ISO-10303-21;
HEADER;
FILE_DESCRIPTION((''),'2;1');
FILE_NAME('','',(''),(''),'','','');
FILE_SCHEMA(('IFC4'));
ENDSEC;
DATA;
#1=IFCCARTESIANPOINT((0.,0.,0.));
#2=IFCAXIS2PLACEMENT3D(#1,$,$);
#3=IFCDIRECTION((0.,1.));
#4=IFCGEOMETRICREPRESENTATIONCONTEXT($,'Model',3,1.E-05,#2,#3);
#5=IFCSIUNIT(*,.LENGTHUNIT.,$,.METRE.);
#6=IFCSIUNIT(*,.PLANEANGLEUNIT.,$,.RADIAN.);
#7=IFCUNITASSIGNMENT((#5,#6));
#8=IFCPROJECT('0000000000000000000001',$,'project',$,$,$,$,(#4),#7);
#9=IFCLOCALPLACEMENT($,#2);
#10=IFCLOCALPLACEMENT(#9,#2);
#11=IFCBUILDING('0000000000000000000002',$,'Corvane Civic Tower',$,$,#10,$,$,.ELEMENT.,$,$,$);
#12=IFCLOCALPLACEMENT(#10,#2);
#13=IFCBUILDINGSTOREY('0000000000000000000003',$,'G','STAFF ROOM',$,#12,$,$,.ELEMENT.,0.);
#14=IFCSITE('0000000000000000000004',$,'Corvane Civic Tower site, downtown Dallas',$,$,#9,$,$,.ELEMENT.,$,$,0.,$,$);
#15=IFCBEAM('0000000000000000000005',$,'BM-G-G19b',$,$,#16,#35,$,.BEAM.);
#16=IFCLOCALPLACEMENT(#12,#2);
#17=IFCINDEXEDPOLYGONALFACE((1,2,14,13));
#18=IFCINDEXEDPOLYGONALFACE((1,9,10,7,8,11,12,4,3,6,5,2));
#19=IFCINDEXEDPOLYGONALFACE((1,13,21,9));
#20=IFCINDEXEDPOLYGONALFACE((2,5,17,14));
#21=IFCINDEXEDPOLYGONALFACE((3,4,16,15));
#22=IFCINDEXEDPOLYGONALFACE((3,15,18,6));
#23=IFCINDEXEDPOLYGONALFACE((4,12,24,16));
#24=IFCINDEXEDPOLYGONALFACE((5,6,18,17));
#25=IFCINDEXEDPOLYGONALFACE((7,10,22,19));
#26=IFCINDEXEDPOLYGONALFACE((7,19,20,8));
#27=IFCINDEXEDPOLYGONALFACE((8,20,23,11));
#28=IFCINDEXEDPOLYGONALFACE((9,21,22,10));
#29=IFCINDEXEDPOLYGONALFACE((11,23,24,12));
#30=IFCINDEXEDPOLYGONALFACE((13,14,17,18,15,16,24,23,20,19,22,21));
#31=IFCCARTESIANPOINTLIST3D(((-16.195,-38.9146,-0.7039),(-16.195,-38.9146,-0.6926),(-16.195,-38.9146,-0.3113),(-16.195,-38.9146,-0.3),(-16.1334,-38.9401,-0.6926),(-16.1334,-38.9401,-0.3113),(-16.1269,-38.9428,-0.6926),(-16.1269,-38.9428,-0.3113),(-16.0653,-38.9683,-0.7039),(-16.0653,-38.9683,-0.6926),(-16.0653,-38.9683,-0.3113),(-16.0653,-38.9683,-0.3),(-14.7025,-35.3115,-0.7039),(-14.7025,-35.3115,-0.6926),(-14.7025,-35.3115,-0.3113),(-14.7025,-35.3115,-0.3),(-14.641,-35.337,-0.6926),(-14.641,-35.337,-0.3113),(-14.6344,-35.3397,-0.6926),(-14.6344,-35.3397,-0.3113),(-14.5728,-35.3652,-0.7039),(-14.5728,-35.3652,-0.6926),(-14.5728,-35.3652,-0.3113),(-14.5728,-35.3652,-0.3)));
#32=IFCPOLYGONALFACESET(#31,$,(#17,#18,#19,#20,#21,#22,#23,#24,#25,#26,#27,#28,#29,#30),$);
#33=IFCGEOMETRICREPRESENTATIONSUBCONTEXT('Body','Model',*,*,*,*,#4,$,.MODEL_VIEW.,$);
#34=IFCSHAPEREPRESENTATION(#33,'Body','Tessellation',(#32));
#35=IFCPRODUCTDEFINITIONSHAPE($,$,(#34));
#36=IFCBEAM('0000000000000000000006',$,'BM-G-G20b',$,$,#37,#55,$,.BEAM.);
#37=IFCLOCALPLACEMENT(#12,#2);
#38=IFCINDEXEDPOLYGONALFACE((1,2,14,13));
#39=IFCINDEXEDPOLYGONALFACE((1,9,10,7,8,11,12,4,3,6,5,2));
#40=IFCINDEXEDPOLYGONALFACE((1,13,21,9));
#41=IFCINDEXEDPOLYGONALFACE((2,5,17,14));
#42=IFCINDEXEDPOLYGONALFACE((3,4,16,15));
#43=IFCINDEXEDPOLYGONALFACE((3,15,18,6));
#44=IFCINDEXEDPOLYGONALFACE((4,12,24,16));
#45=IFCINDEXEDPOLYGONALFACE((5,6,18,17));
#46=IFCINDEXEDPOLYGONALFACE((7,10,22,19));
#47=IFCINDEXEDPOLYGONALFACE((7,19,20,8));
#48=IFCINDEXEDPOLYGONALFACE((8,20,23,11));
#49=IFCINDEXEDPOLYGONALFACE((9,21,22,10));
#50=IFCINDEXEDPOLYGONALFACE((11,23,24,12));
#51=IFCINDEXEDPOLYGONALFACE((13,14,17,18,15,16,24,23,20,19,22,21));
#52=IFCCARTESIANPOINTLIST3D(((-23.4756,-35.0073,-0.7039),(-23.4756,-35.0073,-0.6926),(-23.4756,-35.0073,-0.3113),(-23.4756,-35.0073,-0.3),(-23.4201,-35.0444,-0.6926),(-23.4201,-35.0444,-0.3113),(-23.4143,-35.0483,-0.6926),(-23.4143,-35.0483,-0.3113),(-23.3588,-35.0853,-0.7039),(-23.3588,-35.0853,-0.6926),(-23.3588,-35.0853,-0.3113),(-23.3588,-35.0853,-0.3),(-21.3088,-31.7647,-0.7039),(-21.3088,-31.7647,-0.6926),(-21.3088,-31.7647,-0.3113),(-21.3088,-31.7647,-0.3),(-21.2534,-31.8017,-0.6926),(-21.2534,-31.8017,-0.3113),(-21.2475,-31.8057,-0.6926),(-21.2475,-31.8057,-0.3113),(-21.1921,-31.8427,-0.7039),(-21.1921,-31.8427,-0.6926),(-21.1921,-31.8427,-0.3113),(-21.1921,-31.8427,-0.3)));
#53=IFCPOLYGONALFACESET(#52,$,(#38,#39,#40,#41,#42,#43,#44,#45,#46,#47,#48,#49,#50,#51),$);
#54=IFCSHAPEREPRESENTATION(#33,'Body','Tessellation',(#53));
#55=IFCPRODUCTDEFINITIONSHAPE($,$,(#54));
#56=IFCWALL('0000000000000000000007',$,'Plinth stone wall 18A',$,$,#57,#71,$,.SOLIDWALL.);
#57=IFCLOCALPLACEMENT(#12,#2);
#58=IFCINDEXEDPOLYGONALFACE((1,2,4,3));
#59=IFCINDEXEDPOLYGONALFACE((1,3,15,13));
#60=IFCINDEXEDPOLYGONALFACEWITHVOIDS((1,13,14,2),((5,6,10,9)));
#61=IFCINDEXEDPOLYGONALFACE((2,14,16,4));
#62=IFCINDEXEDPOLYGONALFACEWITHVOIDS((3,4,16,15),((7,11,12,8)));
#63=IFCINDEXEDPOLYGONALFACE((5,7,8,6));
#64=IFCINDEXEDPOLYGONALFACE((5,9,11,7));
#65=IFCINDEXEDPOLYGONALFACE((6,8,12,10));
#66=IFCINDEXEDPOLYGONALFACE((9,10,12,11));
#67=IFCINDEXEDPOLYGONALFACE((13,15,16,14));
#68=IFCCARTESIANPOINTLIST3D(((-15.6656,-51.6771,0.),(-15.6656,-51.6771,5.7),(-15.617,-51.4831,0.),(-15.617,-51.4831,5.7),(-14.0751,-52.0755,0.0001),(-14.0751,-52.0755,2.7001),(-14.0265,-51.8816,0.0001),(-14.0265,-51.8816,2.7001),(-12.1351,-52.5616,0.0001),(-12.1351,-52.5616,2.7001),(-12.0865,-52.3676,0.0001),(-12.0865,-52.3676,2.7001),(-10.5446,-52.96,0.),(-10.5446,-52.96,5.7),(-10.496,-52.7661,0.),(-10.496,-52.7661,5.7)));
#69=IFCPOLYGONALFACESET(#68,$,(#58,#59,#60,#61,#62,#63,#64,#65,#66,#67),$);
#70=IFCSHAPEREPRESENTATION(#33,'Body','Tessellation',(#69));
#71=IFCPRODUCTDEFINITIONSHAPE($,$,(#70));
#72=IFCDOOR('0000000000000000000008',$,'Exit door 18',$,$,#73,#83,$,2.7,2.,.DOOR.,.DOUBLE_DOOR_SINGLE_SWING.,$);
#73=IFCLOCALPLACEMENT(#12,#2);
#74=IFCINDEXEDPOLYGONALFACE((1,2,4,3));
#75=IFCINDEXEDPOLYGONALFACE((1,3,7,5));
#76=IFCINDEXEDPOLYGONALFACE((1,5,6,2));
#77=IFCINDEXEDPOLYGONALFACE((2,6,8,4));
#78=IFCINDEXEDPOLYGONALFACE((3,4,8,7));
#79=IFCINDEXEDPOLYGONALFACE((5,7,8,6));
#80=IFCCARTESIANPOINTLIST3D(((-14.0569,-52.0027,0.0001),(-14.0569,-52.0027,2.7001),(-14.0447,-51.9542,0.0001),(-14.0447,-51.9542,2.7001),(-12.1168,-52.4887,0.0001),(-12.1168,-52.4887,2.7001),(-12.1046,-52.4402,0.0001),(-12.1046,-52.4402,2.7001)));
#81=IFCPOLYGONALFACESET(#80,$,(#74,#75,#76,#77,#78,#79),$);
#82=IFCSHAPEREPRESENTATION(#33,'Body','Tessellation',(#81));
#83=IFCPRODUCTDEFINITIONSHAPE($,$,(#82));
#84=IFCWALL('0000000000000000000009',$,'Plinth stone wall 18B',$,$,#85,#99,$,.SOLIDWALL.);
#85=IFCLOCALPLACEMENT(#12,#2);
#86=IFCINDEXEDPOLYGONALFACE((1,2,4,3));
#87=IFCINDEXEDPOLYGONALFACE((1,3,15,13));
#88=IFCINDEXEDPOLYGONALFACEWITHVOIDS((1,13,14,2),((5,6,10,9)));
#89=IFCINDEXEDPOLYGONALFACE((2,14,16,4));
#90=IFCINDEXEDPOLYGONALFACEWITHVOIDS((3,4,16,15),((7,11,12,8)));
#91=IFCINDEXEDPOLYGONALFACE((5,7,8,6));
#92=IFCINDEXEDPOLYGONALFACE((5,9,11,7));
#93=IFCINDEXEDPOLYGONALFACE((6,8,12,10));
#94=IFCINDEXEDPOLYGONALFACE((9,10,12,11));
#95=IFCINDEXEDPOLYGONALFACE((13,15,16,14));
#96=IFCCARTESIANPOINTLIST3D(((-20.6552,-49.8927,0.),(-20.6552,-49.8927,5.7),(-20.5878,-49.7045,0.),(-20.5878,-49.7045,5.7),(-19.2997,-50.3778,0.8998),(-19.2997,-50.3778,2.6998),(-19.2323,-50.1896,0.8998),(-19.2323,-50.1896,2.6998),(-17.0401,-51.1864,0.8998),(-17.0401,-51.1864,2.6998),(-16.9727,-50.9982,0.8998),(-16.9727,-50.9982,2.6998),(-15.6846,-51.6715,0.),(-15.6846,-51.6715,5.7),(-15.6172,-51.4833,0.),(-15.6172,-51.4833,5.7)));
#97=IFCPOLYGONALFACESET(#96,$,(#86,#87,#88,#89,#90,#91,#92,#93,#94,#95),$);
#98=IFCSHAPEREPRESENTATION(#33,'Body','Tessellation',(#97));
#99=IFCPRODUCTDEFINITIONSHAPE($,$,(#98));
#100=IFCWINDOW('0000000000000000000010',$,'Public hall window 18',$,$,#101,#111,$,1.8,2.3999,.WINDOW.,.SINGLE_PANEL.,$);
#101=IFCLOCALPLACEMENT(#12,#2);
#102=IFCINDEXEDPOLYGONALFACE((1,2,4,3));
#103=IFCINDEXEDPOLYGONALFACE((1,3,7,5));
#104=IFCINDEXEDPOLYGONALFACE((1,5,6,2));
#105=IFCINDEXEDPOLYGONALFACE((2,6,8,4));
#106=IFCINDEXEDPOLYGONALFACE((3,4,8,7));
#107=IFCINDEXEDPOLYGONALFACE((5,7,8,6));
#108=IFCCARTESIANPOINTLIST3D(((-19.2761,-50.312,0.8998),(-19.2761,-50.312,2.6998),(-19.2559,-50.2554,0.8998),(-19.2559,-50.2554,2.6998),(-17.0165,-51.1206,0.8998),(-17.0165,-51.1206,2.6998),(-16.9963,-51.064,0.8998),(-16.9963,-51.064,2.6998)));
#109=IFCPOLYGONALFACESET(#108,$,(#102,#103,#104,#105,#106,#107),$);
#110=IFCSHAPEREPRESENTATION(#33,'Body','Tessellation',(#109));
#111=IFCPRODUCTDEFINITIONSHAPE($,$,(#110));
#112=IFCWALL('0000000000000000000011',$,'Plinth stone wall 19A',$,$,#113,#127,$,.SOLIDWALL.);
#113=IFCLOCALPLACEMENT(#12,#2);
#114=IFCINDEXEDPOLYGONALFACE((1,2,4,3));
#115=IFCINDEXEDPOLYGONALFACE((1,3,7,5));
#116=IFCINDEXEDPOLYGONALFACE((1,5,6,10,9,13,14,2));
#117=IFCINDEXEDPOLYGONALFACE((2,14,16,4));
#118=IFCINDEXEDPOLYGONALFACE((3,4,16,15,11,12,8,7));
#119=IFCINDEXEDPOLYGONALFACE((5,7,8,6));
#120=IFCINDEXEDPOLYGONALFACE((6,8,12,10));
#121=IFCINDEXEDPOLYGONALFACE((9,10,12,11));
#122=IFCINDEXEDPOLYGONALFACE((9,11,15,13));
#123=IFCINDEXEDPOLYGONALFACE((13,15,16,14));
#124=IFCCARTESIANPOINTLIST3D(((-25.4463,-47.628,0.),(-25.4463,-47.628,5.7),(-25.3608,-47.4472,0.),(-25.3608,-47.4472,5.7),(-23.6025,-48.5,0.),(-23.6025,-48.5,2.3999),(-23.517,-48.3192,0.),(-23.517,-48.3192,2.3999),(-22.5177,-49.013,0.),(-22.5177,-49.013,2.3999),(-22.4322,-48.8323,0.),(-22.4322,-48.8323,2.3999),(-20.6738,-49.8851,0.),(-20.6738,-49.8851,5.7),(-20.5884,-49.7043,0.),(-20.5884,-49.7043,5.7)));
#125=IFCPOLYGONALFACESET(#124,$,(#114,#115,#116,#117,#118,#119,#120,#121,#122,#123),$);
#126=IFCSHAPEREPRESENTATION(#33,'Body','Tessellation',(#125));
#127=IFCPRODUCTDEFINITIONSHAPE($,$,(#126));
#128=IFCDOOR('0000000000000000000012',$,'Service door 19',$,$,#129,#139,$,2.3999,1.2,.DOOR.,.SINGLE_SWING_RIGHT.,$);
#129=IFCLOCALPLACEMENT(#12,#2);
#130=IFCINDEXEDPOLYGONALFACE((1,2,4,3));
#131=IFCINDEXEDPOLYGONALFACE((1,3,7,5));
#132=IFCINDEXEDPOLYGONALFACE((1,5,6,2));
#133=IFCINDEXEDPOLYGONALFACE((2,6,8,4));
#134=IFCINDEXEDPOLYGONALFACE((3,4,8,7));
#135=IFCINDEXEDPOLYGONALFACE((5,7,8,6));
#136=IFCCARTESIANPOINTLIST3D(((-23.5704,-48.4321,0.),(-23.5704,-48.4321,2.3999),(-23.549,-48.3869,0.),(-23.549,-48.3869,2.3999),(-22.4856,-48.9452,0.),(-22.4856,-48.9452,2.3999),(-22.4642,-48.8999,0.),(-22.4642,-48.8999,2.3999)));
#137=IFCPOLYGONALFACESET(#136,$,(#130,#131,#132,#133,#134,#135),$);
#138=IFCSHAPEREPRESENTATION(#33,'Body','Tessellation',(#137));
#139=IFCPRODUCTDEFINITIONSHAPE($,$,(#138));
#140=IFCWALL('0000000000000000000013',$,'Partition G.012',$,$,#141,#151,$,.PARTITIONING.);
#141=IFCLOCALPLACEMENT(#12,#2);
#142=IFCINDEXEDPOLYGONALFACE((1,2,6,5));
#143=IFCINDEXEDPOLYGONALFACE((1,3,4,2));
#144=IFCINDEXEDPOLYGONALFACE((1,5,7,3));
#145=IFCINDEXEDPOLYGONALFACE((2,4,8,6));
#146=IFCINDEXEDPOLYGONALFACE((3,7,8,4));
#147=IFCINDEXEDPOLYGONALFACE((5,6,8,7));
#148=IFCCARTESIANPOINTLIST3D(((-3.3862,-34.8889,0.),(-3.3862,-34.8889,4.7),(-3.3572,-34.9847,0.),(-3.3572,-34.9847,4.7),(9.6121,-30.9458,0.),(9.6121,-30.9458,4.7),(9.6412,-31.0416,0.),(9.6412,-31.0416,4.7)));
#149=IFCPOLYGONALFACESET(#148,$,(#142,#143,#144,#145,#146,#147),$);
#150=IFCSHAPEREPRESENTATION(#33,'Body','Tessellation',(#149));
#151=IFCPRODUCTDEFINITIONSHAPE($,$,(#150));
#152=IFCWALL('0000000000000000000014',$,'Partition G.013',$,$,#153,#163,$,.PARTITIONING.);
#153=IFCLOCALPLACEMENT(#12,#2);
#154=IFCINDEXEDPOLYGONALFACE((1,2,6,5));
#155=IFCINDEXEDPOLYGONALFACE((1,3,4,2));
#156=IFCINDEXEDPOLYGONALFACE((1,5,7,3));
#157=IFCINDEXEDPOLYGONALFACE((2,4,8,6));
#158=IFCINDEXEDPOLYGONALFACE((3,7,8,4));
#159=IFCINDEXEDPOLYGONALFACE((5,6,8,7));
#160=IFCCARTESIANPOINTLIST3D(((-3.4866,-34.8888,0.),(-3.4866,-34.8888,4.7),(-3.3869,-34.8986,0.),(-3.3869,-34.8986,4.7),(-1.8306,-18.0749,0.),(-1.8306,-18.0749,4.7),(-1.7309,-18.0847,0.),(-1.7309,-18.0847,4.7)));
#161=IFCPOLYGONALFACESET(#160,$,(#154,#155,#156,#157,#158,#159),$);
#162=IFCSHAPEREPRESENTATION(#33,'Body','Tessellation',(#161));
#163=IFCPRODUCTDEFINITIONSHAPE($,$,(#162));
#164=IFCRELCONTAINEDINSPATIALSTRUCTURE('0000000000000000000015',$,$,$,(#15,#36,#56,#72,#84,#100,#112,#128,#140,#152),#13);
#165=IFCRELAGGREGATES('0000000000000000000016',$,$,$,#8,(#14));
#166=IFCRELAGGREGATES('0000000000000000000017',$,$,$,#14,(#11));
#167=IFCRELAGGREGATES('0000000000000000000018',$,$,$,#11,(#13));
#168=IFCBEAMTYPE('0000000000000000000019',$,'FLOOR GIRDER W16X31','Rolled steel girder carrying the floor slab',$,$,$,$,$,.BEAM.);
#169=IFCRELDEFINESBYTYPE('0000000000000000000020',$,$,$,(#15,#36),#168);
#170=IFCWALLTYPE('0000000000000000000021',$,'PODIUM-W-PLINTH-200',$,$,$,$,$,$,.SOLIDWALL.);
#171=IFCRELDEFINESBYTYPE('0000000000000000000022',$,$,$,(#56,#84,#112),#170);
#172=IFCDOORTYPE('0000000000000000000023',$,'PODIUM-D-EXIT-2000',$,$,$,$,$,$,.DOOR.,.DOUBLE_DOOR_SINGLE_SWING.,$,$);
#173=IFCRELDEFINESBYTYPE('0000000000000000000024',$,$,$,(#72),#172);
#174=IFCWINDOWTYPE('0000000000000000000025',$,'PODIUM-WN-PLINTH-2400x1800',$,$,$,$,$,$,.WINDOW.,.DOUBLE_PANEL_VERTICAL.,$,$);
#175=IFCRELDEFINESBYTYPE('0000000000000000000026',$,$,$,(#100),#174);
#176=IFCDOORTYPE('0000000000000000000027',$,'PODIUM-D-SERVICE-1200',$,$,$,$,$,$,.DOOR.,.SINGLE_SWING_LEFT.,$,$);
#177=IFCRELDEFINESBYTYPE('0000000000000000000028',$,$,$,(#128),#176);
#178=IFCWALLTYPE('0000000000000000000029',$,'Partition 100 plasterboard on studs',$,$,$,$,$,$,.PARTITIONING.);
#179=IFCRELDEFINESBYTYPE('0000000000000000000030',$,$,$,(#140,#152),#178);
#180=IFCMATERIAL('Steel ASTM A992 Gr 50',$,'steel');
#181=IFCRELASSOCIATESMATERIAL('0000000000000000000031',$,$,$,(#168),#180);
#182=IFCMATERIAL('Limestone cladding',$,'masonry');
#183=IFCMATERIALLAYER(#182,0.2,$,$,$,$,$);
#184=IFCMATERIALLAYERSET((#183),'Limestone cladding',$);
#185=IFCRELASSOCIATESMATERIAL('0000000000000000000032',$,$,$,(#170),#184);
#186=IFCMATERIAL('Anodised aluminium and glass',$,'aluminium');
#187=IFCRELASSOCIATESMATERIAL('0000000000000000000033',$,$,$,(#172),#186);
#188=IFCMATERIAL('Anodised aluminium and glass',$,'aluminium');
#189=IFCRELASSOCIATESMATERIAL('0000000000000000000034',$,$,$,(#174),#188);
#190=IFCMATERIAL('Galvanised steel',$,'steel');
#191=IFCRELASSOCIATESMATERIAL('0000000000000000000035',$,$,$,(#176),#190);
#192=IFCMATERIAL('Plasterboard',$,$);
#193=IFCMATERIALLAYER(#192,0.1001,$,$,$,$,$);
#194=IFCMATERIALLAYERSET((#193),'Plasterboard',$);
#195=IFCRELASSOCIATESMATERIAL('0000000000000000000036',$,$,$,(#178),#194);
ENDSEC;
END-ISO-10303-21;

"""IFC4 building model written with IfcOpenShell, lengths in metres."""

from ifc_helpers import new_model, si_unit, direction, frame, frame_2d, origin, origin_2d, place, context, subcontext, project, spatial, rectangle, i_section, extrude, material, layer, layer_set, material_profile, profile_set, type_object, element, fill, save


model = new_model("IFC4")

# Units and contexts
model_context = context("Model", 3, precision=1e-05, world=origin(), true_north=direction((0.0, 1.0)))
body_context = subcontext(model_context, "Body", "Model", "MODEL_VIEW")
ifc_project = project(units=[si_unit("LENGTHUNIT", "METRE"), si_unit("PLANEANGLEUNIT", "RADIAN")], contexts=[model_context])

# Site, building, storey
site_placement = place(None, origin())
site = spatial("IfcSite", under=ifc_project, at=site_placement, Name="Corvane Civic Tower site, downtown Dallas", CompositionType="ELEMENT", RefElevation=0.0)
building_placement = place(site_placement, origin())
building = spatial("IfcBuilding", under=site, at=building_placement, Name="Corvane Civic Tower", CompositionType="ELEMENT")
storey_placement = place(building_placement, origin())
storey = spatial("IfcBuildingStorey", under=building, at=storey_placement, Name="G", Description="STAFF ROOM", CompositionType="ELEMENT", Elevation=0.0)

# Beams
ifc_material_1 = material(Name="Steel ASTM A992 Gr 50", Category="steel")
ifc_material_profile_1 = material_profile(ifc_material_1, i_section(OverallWidth=0.1404, OverallDepth=0.4038, WebThickness=0.0071, FlangeThickness=0.0112, at=origin_2d()), Name="W16X31")
ifc_profile_set_1 = profile_set([ifc_material_profile_1], Name="Steel ASTM A992 Gr 50")
beam_type_1 = type_object("IfcBeamType", Name="FLOOR GIRDER W16X31", Description="Rolled steel girder carrying the floor slab", PredefinedType="BEAM", material=ifc_profile_set_1)
for number, where, z_axis, x_axis, name in (
    (1, (-14.6377, -35.3384, -0.502), (-0.382685, -0.923879, 0.0), (0.923879, -0.382685, 0.0), "BM-G-G19b"),
    (2, (-21.2505, -31.8037, -0.502), (-0.555581, -0.831462, 0.0), (0.831462, -0.555581, 0.0), "BM-G-G20b"),
):
    element("IfcBeam", number, at=place(storey_placement, frame(where, z_axis=z_axis, x_axis=x_axis)), inside=storey, type_object=beam_type_1, Name=name, PredefinedType="BEAM", context=body_context, shape_type="SweptSolid", body=[
        extrude(i_section(OverallWidth=0.1404, OverallDepth=0.4038, WebThickness=0.0071, FlangeThickness=0.0112, at=origin_2d()), origin(), (0.0, 0.0, 1.0), 3.8999),
    ])

# Wall, opening, door
ifc_material_2 = material(Name="Limestone cladding", Category="masonry")
ifc_layer_1 = layer(ifc_material_2, 0.2)
ifc_layer_set_1 = layer_set([ifc_layer_1], Name="Limestone cladding")
wall_type_1 = type_object("IfcWallType", Name="PODIUM-W-PLINTH-200", PredefinedType="SOLIDWALL", material=ifc_layer_set_1)
wall_1_placement = place(storey_placement, frame((-10.5203, -52.863, 0.0), z_axis=(0.0, 0.0, 1.0), x_axis=(-0.970023, 0.243014, 0.0)))
wall_1 = element("IfcWall", 3, at=wall_1_placement, inside=storey, type_object=wall_type_1, Name="Plinth stone wall 18A", PredefinedType="SOLIDWALL", context=body_context, shape_type="SweptSolid", body=[
    extrude(rectangle(XDim=5.2793, YDim=0.2, at=frame_2d((2.6396, 0.0))), origin(), (0.0, 0.0, 1.0), 5.7),
])
opening_1_placement = place(wall_1_placement, frame((1.6396, 0.0, 0.0)))
opening_1 = element("IfcOpeningElement", 4, at=opening_1_placement, cuts=wall_1, PredefinedType="OPENING", context=body_context, shape_type="SweptSolid", body=[
    extrude(rectangle(XDim=2.0, YDim=2.7, at=frame_2d((1.0, 1.3501))), frame((0.0, 0.1099, 0.0), z_axis=(0.0, -1.0, 0.0), x_axis=(1.0, 0.0, 0.0)), (0.0, 0.0, 1.0), 0.22),
])
ifc_material_3 = material(Name="Anodised aluminium and glass", Category="aluminium")
door_type_1 = type_object("IfcDoorType", Name="PODIUM-D-EXIT-2000", OperationType="DOUBLE_DOOR_SINGLE_SWING", PredefinedType="DOOR", material=ifc_material_3)
door_1_placement = place(opening_1_placement, origin())
door_1 = element("IfcDoor", 5, at=door_1_placement, inside=storey, type_object=door_type_1, Name="Exit door 18", OperationType="DOUBLE_DOOR_SINGLE_SWING", OverallHeight=2.7, OverallWidth=2.0, PredefinedType="DOOR", context=body_context, shape_type="SweptSolid", body=[
    extrude(rectangle(XDim=2.0, YDim=2.7, at=frame_2d((1.0, 1.3501))), frame((0.0, 0.0249, 0.0), z_axis=(0.0, -1.0, 0.0), x_axis=(1.0, 0.0, 0.0)), (0.0, 0.0, 1.0), 0.05),
])
fill(opening_1, door_1)

# Wall, opening, window
wall_2_placement = place(storey_placement, frame((-15.6509, -51.5774, 0.0), z_axis=(0.0, 0.0, 1.0), x_axis=(-0.941528, 0.336934, 0.0)))
wall_2 = element("IfcWall", 6, at=wall_2_placement, inside=storey, type_object=wall_type_1, Name="Plinth stone wall 18B", PredefinedType="SOLIDWALL", context=body_context, shape_type="SweptSolid", body=[
    extrude(rectangle(XDim=5.2793, YDim=0.2, at=frame_2d((2.6396, 0.0))), origin(), (0.0, 0.0, 1.0), 5.7),
])
opening_2_placement = place(wall_2_placement, frame((1.4397, 0.0, 0.8999)))
opening_2 = element("IfcOpeningElement", 7, at=opening_2_placement, cuts=wall_2, PredefinedType="OPENING", context=body_context, shape_type="SweptSolid", body=[
    extrude(rectangle(XDim=2.3999, YDim=1.8, at=frame_2d((1.2, 0.8999))), frame((0.0, 0.1099, 0.0), z_axis=(0.0, -1.0, 0.0), x_axis=(1.0, 0.0, 0.0)), (0.0, 0.0, 1.0), 0.22),
])
ifc_material_4 = material(Name="Anodised aluminium and glass", Category="aluminium")
window_type = type_object("IfcWindowType", Name="PODIUM-WN-PLINTH-2400x1800", PartitioningType="DOUBLE_PANEL_VERTICAL", PredefinedType="WINDOW", material=ifc_material_4)
window_placement = place(opening_2_placement, origin())
window = element("IfcWindow", 8, at=window_placement, inside=storey, type_object=window_type, Name="Public hall window 18", OverallHeight=1.8, OverallWidth=2.3999, PartitioningType="SINGLE_PANEL", PredefinedType="WINDOW", context=body_context, shape_type="SweptSolid", body=[
    extrude(rectangle(XDim=2.3999, YDim=1.8, at=frame_2d((1.2, 0.8999))), frame((0.0, 0.03, 0.0), z_axis=(0.0, -1.0, 0.0), x_axis=(1.0, 0.0, 0.0)), (0.0, 0.0, 1.0), 0.0601),
])
fill(opening_2, window)

# Wall, opening, door
wall_3_placement = place(storey_placement, frame((-20.6311, -49.7947, 0.0), z_axis=(0.0, 0.0, 1.0), x_axis=(-0.903999, 0.427536, 0.0)))
wall_3 = element("IfcWall", 9, at=wall_3_placement, inside=storey, type_object=wall_type_1, Name="Plinth stone wall 19A", PredefinedType="SOLIDWALL", context=body_context, shape_type="SweptSolid", body=[
    extrude(rectangle(XDim=5.2793, YDim=0.2, at=frame_2d((2.6396, 0.0))), origin(), (0.0, 0.0, 1.0), 5.7),
])
opening_3_placement = place(wall_3_placement, frame((2.0396, 0.0, 0.0)))
opening_3 = element("IfcOpeningElement", 10, at=opening_3_placement, cuts=wall_3, PredefinedType="OPENING", context=body_context, shape_type="SweptSolid", body=[
    extrude(rectangle(XDim=1.2, YDim=2.3999, at=frame_2d((0.6001, 1.2))), frame((0.0, 0.1099, 0.0), z_axis=(0.0, -1.0, 0.0), x_axis=(1.0, 0.0, 0.0)), (0.0, 0.0, 1.0), 0.22),
])
ifc_material_5 = material(Name="Galvanised steel", Category="steel")
door_type_2 = type_object("IfcDoorType", Name="PODIUM-D-SERVICE-1200", OperationType="SINGLE_SWING_LEFT", PredefinedType="DOOR", material=ifc_material_5)
door_2_placement = place(opening_3_placement, origin())
door_2 = element("IfcDoor", 11, at=door_2_placement, inside=storey, type_object=door_type_2, Name="Service door 19", OperationType="SINGLE_SWING_RIGHT", OverallHeight=2.3999, OverallWidth=1.2, PredefinedType="DOOR", context=body_context, shape_type="SweptSolid", body=[
    extrude(rectangle(XDim=1.2, YDim=2.3999, at=frame_2d((0.6001, 1.2))), frame((0.0, 0.0249, 0.0), z_axis=(0.0, -1.0, 0.0), x_axis=(1.0, 0.0, 0.0)), (0.0, 0.0, 1.0), 0.05),
])
fill(opening_3, door_2)

# Walls
ifc_material_6 = material(Name="Plasterboard")
ifc_layer_2 = layer(ifc_material_6, 0.1001)
ifc_layer_set_2 = layer_set([ifc_layer_2], Name="Plasterboard")
wall_type_2 = type_object("IfcWallType", Name="Partition 100 plasterboard on studs", PredefinedType="PARTITIONING", material=ifc_layer_set_2)
wall_4_placement = place(storey_placement, frame((-3.3716, -34.9368, 0.0), z_axis=(0.0, 0.0, 1.0), x_axis=(0.956938, 0.290293, 0.0)))
element("IfcWall", 12, at=wall_4_placement, inside=storey, type_object=wall_type_2, Name="Partition G.012", PredefinedType="PARTITIONING", context=body_context, shape_type="SweptSolid", body=[
    extrude(rectangle(XDim=13.5833, YDim=0.1001, at=frame_2d((6.7915, 0.0))), origin(), (0.0, 0.0, 1.0), 4.7),
])
wall_5_placement = place(storey_placement, frame((-3.4368, -34.8938, 0.0), z_axis=(0.0, 0.0, 1.0), x_axis=(0.098016, 0.995185, 0.0)))
element("IfcWall", 13, at=wall_5_placement, inside=storey, type_object=wall_type_2, Name="Partition G.013", PredefinedType="PARTITIONING", context=body_context, shape_type="SweptSolid", body=[
    extrude(rectangle(XDim=16.8953, YDim=0.1001, at=frame_2d((8.4478, 0.0))), origin(), (0.0, 0.0, 1.0), 4.7),
])

save(model, "model.ifc")
